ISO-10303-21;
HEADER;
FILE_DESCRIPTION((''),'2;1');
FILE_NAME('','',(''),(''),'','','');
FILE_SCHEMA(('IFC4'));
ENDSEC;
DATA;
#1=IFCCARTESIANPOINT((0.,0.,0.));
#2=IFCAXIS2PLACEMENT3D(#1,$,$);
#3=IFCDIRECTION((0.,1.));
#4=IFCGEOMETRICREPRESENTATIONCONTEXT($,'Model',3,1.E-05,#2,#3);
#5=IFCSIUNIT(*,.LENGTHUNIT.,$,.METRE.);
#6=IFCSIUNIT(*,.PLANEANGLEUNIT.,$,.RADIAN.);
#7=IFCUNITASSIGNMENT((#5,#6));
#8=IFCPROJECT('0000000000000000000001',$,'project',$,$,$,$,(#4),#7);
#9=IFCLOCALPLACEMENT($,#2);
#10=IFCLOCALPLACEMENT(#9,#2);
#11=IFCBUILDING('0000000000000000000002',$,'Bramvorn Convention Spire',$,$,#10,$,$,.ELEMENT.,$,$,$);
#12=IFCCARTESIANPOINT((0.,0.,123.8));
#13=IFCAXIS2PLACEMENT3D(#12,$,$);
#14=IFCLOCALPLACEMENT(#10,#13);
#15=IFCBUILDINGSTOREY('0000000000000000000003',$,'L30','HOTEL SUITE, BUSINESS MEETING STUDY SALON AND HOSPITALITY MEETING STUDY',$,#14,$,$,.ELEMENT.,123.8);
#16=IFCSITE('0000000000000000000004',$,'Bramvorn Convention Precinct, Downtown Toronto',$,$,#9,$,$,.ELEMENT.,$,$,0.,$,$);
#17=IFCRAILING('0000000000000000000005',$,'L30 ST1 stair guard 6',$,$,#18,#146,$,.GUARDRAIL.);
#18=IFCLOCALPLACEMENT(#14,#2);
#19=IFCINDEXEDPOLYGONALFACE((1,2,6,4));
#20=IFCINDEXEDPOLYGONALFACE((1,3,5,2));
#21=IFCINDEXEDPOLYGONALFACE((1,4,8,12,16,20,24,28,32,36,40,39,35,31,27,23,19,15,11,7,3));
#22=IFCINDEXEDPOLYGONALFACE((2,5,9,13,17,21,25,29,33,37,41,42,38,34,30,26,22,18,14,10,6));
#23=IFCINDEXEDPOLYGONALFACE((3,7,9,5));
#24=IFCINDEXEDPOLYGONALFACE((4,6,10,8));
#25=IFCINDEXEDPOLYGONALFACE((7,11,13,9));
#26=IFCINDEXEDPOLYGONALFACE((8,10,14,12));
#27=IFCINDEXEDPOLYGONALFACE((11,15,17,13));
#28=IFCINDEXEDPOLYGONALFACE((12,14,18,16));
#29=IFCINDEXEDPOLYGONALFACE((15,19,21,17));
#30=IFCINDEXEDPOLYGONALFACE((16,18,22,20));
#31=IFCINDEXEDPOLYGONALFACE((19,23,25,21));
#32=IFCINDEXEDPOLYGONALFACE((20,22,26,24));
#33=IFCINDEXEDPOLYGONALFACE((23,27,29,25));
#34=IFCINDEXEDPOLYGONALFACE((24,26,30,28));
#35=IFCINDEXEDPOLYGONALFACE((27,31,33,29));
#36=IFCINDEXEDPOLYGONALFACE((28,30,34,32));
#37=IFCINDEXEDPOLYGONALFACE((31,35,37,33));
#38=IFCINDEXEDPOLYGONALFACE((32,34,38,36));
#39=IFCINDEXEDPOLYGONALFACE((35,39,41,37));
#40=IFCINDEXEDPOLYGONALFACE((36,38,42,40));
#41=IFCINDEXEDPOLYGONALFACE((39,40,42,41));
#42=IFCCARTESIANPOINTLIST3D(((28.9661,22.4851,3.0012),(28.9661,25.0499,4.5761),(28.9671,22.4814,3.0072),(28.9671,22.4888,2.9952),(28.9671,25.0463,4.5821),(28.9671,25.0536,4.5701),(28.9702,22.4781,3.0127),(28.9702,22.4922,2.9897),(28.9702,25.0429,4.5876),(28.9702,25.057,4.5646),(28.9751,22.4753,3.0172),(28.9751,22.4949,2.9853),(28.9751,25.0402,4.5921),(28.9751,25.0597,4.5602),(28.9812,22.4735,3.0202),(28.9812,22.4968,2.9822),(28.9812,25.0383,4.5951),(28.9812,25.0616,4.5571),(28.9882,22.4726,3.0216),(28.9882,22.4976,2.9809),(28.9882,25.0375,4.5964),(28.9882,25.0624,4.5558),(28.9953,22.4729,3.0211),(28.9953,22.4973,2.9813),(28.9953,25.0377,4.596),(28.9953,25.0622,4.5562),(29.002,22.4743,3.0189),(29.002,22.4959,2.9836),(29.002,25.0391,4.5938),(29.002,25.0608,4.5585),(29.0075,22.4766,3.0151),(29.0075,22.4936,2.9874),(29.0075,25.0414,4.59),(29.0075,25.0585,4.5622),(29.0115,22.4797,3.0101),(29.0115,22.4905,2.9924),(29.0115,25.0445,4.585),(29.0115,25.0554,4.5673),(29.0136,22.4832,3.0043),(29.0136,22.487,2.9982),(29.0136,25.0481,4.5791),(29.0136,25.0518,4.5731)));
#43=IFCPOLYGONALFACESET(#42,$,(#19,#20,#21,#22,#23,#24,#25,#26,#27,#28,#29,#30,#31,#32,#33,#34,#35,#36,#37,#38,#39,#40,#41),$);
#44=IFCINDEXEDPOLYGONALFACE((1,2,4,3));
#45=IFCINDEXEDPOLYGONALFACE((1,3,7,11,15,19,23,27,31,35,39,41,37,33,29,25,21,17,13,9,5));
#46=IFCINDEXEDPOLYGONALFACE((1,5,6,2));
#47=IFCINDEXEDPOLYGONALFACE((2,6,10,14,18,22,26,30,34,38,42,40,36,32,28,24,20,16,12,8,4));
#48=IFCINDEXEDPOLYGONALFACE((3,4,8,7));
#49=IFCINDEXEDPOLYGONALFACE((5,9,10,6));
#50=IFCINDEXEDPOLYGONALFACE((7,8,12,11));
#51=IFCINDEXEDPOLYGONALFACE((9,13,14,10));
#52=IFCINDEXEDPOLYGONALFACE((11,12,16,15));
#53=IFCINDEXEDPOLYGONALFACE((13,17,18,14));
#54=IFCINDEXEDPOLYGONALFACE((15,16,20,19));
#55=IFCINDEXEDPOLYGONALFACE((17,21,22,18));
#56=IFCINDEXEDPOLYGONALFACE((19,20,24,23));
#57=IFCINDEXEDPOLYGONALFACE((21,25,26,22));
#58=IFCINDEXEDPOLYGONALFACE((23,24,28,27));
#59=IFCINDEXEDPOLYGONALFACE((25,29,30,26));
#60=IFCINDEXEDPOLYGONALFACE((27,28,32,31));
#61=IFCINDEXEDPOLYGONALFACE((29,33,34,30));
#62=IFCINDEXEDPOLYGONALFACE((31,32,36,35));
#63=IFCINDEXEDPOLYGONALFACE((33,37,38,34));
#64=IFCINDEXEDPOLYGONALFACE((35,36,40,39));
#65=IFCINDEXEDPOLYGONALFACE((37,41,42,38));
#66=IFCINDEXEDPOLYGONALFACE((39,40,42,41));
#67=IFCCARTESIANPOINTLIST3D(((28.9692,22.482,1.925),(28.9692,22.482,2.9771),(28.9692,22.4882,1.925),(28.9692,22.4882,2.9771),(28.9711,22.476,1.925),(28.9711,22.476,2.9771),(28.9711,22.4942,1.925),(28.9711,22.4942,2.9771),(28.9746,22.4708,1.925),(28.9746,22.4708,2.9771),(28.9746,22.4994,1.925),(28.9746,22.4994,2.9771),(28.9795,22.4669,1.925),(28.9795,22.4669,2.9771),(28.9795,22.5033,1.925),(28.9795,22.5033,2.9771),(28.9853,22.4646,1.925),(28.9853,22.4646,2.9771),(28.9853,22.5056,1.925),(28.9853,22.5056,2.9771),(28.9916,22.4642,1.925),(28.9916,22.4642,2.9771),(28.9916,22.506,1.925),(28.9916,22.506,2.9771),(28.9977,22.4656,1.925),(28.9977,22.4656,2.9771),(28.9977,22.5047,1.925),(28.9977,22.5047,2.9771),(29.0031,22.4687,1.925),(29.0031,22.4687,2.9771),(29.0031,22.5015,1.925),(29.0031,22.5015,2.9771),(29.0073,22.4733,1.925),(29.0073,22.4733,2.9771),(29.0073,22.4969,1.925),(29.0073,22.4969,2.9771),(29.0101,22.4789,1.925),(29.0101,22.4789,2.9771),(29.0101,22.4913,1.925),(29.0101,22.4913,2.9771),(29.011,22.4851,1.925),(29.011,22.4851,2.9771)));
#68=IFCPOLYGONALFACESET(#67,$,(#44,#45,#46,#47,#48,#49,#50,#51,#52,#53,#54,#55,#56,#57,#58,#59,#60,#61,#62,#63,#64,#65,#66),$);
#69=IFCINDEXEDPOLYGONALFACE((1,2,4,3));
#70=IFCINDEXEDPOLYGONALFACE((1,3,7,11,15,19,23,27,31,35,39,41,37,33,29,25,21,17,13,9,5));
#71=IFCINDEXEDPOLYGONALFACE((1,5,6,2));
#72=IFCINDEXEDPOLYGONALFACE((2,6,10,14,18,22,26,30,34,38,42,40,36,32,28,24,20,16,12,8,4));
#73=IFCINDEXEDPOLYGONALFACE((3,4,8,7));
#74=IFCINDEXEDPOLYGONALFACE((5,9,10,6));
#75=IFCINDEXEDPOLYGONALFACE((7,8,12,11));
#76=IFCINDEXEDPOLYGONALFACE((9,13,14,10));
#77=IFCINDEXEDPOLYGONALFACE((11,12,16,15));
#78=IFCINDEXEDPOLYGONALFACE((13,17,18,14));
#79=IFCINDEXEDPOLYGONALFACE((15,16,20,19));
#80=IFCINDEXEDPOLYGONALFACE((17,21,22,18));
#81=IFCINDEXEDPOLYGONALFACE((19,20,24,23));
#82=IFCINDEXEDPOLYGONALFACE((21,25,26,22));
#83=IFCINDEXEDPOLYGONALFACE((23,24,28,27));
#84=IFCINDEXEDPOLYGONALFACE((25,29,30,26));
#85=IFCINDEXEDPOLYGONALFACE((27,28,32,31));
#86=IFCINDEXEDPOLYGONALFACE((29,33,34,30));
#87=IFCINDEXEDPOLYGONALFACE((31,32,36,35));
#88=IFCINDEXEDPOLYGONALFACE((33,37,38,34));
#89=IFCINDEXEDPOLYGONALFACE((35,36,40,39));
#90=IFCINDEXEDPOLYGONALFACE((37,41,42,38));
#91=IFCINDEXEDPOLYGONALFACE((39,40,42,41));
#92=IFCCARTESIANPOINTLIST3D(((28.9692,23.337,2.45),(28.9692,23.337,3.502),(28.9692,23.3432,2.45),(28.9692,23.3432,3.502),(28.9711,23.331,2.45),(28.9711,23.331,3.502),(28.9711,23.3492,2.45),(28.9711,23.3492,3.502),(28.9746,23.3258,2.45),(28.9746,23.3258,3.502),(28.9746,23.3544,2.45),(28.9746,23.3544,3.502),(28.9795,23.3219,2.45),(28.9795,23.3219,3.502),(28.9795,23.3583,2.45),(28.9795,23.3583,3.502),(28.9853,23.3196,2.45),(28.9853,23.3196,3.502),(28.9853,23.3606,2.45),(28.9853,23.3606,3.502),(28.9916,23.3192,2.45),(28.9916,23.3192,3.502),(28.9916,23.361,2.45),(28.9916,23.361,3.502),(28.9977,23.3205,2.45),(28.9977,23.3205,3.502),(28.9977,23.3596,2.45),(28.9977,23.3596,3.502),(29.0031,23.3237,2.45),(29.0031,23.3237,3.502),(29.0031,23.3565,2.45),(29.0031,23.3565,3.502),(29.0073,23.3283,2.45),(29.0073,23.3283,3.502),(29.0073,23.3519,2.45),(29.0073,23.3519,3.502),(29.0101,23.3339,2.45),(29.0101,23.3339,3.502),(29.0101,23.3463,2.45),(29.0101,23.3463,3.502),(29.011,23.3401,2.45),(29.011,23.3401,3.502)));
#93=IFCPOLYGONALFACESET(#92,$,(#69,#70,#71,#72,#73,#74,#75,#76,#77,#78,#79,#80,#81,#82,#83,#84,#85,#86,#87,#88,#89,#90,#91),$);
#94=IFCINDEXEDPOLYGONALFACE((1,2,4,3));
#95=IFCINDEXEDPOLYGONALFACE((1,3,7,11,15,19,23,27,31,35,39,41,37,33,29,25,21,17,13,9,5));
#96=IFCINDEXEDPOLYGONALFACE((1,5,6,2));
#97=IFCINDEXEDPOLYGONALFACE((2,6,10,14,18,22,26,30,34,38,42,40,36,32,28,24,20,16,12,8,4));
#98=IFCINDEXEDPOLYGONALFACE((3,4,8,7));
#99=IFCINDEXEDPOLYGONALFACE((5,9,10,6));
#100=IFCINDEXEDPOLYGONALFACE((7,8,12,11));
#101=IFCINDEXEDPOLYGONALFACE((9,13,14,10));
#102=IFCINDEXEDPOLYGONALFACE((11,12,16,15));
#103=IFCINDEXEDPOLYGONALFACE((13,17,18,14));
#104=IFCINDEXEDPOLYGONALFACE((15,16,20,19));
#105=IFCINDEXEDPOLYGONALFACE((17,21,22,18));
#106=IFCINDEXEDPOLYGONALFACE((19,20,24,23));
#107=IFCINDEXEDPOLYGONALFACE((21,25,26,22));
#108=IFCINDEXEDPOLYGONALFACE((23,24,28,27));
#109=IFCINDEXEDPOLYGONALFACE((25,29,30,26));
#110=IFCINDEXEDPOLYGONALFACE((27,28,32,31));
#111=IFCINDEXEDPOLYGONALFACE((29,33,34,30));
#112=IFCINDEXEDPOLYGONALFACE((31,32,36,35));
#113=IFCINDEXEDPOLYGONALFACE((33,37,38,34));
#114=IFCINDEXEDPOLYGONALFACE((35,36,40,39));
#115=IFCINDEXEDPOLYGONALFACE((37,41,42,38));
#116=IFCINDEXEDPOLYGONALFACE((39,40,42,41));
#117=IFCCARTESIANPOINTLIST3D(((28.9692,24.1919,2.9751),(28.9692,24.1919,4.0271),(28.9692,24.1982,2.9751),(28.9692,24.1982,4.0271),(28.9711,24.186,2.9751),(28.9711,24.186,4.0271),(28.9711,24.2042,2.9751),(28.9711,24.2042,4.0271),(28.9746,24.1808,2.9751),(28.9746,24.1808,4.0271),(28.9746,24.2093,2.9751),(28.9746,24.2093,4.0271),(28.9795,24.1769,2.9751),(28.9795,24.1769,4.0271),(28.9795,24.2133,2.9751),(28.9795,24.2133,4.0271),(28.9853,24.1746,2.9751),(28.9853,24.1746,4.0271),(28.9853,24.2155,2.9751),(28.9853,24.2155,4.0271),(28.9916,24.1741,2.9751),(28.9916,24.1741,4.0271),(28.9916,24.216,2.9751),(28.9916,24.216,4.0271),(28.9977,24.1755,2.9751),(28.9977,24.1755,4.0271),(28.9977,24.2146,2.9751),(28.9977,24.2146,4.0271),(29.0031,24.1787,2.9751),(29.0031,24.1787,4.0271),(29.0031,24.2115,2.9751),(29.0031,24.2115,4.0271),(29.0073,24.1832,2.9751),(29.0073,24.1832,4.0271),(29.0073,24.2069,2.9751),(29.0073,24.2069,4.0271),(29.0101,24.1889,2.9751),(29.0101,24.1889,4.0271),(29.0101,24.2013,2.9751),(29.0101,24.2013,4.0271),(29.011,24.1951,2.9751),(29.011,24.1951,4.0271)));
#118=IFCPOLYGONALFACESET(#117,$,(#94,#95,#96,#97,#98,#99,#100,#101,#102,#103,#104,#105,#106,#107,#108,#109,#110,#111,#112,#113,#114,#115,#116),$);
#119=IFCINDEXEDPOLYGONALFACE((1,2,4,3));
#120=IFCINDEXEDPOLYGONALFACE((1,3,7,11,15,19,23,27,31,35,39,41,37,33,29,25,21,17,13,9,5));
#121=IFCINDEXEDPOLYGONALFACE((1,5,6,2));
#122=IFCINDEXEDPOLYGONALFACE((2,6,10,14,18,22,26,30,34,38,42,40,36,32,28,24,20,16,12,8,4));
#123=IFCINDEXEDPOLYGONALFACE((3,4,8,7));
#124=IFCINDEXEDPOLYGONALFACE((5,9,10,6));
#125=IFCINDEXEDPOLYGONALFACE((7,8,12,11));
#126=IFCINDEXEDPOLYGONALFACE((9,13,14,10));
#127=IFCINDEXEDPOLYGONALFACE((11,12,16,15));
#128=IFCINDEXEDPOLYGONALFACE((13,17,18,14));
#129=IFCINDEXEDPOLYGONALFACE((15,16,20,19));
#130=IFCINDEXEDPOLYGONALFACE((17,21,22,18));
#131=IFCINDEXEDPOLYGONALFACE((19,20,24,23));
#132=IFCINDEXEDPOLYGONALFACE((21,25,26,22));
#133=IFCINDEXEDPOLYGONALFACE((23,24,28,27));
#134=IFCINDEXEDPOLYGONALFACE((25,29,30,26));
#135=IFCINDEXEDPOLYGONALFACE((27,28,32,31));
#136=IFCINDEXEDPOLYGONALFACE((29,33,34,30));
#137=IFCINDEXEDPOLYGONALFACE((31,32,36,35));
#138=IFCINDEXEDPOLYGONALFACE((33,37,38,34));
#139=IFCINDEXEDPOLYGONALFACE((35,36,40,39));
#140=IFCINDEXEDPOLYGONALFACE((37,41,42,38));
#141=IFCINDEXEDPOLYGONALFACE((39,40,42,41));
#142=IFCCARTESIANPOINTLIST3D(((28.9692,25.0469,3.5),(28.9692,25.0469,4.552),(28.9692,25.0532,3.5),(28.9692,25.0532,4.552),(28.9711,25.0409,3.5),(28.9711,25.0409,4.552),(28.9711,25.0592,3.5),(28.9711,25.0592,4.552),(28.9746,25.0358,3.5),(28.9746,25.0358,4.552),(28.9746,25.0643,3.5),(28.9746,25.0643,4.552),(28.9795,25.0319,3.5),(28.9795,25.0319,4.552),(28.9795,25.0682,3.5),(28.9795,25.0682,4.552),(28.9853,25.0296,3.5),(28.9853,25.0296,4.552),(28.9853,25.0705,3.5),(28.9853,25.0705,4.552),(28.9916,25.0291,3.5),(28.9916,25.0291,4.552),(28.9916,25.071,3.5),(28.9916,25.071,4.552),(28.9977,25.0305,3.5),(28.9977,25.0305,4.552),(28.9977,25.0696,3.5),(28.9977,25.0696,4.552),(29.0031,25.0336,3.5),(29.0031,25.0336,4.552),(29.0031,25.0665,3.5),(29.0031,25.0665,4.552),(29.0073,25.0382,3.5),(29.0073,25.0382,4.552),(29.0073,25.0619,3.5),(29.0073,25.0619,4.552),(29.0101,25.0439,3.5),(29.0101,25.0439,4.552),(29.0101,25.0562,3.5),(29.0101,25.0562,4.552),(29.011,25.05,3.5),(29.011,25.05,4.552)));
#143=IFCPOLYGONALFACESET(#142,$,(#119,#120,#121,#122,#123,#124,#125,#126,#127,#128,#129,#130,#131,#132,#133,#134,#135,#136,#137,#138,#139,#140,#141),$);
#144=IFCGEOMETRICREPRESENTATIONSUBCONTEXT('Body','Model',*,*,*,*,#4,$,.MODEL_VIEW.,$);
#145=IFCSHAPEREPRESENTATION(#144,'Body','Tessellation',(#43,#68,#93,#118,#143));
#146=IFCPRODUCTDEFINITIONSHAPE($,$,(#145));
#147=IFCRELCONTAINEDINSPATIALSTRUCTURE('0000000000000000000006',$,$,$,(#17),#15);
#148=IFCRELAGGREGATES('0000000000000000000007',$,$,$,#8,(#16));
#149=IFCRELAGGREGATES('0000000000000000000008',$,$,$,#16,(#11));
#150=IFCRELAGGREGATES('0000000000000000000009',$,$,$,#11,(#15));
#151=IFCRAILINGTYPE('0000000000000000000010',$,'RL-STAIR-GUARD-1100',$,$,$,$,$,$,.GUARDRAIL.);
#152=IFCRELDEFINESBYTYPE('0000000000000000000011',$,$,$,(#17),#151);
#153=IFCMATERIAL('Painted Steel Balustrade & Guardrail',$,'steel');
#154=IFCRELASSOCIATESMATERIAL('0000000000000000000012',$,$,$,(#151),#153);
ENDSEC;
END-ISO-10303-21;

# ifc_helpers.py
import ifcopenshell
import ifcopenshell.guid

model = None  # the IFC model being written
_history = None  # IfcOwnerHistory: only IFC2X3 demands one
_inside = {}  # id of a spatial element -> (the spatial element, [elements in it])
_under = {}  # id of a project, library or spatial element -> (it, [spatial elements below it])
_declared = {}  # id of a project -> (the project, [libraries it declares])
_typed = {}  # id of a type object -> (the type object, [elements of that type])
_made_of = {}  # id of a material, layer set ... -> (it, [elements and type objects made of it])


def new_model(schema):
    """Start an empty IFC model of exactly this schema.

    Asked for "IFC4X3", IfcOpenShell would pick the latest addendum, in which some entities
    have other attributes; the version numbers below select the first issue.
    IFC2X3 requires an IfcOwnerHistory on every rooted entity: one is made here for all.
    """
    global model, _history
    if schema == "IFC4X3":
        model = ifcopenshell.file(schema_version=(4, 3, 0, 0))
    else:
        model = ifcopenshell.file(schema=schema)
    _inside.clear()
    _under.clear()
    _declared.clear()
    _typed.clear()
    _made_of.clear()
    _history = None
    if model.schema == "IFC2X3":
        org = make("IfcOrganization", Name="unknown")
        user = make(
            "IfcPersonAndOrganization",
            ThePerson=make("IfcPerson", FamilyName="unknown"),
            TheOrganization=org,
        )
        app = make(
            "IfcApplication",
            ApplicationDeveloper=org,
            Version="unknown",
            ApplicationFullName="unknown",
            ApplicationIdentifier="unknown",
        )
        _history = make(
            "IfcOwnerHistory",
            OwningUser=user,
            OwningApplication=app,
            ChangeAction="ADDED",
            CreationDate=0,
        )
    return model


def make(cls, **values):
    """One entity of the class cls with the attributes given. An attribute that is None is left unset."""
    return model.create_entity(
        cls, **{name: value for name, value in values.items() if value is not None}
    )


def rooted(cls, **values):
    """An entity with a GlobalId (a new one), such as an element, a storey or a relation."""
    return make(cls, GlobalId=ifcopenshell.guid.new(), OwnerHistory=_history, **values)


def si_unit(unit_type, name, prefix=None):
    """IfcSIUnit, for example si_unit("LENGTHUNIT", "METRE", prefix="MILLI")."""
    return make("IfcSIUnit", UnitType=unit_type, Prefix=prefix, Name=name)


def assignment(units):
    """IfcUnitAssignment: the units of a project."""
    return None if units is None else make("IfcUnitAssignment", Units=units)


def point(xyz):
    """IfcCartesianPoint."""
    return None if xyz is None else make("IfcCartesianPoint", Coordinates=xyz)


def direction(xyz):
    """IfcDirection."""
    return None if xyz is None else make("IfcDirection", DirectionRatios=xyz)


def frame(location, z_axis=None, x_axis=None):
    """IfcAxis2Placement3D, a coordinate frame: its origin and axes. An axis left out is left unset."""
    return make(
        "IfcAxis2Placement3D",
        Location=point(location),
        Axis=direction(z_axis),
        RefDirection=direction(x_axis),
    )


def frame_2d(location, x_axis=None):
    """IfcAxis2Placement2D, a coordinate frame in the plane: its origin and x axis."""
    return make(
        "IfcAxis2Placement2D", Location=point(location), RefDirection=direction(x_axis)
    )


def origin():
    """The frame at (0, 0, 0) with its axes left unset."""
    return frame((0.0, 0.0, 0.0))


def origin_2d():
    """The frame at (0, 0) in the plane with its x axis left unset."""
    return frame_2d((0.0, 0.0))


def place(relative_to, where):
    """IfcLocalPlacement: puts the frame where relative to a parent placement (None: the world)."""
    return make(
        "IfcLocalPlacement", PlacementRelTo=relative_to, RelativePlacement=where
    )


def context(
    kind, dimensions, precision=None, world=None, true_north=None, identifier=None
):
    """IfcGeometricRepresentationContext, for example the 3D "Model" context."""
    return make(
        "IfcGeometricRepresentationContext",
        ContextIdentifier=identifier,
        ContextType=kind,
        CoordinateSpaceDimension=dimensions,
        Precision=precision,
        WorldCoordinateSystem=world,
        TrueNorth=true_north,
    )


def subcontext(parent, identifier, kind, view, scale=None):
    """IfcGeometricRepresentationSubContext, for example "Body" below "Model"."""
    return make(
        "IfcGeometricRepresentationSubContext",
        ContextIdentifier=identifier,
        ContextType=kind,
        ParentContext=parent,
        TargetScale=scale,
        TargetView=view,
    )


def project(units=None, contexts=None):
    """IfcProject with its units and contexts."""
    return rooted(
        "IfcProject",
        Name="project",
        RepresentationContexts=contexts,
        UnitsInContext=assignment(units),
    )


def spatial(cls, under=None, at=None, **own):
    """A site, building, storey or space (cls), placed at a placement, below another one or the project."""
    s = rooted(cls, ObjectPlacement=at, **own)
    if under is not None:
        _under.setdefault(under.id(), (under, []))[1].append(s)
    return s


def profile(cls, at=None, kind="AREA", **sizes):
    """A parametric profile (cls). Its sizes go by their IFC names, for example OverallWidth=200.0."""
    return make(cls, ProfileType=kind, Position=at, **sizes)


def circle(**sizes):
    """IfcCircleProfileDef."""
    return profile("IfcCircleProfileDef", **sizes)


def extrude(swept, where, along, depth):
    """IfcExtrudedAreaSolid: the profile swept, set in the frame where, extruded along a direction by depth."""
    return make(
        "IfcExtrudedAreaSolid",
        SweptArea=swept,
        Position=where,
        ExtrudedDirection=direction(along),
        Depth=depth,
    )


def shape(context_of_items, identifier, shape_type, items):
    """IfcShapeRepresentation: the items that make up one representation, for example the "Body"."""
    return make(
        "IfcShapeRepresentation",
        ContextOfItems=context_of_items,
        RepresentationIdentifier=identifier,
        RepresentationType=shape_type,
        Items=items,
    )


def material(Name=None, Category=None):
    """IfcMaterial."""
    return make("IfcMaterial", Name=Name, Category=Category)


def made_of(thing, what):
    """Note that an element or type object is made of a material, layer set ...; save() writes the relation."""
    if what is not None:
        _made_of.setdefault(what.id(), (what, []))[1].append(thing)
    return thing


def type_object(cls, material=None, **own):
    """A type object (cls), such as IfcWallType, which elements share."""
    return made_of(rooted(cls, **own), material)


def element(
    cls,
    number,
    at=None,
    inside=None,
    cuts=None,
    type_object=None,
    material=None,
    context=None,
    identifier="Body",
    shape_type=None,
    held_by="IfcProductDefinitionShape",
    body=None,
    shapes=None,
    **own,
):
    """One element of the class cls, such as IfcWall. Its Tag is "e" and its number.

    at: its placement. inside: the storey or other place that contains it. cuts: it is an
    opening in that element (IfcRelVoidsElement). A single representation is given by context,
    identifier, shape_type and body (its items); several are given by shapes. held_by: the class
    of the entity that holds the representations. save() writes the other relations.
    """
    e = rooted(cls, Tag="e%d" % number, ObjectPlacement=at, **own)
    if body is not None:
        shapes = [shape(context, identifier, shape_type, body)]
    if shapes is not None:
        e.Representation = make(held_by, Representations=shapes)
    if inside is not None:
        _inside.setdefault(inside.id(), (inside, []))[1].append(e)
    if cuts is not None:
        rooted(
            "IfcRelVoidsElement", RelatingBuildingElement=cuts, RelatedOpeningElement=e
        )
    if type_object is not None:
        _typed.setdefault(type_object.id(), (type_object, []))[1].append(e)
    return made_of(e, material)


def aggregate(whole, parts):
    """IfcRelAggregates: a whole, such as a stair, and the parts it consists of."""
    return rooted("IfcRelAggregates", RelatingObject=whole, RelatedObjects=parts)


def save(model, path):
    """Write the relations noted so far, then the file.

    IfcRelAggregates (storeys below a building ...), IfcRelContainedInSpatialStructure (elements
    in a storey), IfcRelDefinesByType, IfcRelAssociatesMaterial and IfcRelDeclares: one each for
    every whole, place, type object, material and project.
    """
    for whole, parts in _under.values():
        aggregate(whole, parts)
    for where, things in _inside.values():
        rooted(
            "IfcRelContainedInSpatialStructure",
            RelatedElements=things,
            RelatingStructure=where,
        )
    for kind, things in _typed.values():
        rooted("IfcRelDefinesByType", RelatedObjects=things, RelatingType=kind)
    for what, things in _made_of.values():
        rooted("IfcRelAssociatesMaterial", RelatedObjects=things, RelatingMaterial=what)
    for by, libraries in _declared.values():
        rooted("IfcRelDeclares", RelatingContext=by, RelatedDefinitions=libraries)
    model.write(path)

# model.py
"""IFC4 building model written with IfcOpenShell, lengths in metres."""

from ifc_helpers import new_model, si_unit, direction, frame, origin, origin_2d, place, context, subcontext, project, spatial, circle, extrude, material, type_object, element, save


model = new_model("IFC4")

# Units and contexts
model_context = context("Model", 3, precision=1e-05, world=origin(), true_north=direction((0.0, 1.0)))
body_context = subcontext(model_context, "Body", "Model", "MODEL_VIEW")
ifc_project = project(units=[si_unit("LENGTHUNIT", "METRE"), si_unit("PLANEANGLEUNIT", "RADIAN")], contexts=[model_context])

# Site, building, storey
site_placement = place(None, origin())
site = spatial("IfcSite", under=ifc_project, at=site_placement, Name="Bramvorn Convention Precinct, Downtown Toronto", CompositionType="ELEMENT", RefElevation=0.0)
building_placement = place(site_placement, origin())
building = spatial("IfcBuilding", under=site, at=building_placement, Name="Bramvorn Convention Spire", CompositionType="ELEMENT")
storey_placement = place(building_placement, frame((0.0, 0.0, 123.8)))
storey = spatial("IfcBuildingStorey", under=building, at=storey_placement, Name="L30", Description="HOTEL SUITE, BUSINESS MEETING STUDY SALON AND HOSPITALITY MEETING STUDY", CompositionType="ELEMENT", Elevation=123.8)

# Railing
ifc_material_1 = material(Name="Painted Steel Balustrade & Guardrail", Category="steel")
railing_type_1 = type_object("IfcRailingType", Name="RL-STAIR-GUARD-1100", PredefinedType="GUARDRAIL", material=ifc_material_1)
railing_1_placement = place(storey_placement, frame((28.99, 22.4851, 1.925)))
element("IfcRailing", 1, at=railing_1_placement, inside=storey, type_object=railing_type_1, Name="L30 ST1 stair guard 6", PredefinedType="GUARDRAIL", context=body_context, shape_type="SweptSolid", body=[
    extrude(circle(Radius=0.0239, at=origin_2d()), frame((0.0, 0.0, 1.0762), z_axis=(0.0, 0.852173, 0.52326), x_axis=(-1.0, 0.0, 0.0)), (0.0, 0.0, 1.0), 3.0098),
    extrude(circle(Radius=0.021, at=origin_2d()), origin(), (0.0, 0.0, 1.0), 1.052),
    extrude(circle(Radius=0.021, at=origin_2d()), frame((0.0, 0.855, 0.5249)), (0.0, 0.0, 1.0), 1.052),
    extrude(circle(Radius=0.021, at=origin_2d()), frame((0.0, 1.71, 1.05)), (0.0, 0.0, 1.0), 1.052),
    extrude(circle(Radius=0.021, at=origin_2d()), frame((0.0, 2.5649, 1.575)), (0.0, 0.0, 1.0), 1.052),
])

save(model, "model.ifc")
